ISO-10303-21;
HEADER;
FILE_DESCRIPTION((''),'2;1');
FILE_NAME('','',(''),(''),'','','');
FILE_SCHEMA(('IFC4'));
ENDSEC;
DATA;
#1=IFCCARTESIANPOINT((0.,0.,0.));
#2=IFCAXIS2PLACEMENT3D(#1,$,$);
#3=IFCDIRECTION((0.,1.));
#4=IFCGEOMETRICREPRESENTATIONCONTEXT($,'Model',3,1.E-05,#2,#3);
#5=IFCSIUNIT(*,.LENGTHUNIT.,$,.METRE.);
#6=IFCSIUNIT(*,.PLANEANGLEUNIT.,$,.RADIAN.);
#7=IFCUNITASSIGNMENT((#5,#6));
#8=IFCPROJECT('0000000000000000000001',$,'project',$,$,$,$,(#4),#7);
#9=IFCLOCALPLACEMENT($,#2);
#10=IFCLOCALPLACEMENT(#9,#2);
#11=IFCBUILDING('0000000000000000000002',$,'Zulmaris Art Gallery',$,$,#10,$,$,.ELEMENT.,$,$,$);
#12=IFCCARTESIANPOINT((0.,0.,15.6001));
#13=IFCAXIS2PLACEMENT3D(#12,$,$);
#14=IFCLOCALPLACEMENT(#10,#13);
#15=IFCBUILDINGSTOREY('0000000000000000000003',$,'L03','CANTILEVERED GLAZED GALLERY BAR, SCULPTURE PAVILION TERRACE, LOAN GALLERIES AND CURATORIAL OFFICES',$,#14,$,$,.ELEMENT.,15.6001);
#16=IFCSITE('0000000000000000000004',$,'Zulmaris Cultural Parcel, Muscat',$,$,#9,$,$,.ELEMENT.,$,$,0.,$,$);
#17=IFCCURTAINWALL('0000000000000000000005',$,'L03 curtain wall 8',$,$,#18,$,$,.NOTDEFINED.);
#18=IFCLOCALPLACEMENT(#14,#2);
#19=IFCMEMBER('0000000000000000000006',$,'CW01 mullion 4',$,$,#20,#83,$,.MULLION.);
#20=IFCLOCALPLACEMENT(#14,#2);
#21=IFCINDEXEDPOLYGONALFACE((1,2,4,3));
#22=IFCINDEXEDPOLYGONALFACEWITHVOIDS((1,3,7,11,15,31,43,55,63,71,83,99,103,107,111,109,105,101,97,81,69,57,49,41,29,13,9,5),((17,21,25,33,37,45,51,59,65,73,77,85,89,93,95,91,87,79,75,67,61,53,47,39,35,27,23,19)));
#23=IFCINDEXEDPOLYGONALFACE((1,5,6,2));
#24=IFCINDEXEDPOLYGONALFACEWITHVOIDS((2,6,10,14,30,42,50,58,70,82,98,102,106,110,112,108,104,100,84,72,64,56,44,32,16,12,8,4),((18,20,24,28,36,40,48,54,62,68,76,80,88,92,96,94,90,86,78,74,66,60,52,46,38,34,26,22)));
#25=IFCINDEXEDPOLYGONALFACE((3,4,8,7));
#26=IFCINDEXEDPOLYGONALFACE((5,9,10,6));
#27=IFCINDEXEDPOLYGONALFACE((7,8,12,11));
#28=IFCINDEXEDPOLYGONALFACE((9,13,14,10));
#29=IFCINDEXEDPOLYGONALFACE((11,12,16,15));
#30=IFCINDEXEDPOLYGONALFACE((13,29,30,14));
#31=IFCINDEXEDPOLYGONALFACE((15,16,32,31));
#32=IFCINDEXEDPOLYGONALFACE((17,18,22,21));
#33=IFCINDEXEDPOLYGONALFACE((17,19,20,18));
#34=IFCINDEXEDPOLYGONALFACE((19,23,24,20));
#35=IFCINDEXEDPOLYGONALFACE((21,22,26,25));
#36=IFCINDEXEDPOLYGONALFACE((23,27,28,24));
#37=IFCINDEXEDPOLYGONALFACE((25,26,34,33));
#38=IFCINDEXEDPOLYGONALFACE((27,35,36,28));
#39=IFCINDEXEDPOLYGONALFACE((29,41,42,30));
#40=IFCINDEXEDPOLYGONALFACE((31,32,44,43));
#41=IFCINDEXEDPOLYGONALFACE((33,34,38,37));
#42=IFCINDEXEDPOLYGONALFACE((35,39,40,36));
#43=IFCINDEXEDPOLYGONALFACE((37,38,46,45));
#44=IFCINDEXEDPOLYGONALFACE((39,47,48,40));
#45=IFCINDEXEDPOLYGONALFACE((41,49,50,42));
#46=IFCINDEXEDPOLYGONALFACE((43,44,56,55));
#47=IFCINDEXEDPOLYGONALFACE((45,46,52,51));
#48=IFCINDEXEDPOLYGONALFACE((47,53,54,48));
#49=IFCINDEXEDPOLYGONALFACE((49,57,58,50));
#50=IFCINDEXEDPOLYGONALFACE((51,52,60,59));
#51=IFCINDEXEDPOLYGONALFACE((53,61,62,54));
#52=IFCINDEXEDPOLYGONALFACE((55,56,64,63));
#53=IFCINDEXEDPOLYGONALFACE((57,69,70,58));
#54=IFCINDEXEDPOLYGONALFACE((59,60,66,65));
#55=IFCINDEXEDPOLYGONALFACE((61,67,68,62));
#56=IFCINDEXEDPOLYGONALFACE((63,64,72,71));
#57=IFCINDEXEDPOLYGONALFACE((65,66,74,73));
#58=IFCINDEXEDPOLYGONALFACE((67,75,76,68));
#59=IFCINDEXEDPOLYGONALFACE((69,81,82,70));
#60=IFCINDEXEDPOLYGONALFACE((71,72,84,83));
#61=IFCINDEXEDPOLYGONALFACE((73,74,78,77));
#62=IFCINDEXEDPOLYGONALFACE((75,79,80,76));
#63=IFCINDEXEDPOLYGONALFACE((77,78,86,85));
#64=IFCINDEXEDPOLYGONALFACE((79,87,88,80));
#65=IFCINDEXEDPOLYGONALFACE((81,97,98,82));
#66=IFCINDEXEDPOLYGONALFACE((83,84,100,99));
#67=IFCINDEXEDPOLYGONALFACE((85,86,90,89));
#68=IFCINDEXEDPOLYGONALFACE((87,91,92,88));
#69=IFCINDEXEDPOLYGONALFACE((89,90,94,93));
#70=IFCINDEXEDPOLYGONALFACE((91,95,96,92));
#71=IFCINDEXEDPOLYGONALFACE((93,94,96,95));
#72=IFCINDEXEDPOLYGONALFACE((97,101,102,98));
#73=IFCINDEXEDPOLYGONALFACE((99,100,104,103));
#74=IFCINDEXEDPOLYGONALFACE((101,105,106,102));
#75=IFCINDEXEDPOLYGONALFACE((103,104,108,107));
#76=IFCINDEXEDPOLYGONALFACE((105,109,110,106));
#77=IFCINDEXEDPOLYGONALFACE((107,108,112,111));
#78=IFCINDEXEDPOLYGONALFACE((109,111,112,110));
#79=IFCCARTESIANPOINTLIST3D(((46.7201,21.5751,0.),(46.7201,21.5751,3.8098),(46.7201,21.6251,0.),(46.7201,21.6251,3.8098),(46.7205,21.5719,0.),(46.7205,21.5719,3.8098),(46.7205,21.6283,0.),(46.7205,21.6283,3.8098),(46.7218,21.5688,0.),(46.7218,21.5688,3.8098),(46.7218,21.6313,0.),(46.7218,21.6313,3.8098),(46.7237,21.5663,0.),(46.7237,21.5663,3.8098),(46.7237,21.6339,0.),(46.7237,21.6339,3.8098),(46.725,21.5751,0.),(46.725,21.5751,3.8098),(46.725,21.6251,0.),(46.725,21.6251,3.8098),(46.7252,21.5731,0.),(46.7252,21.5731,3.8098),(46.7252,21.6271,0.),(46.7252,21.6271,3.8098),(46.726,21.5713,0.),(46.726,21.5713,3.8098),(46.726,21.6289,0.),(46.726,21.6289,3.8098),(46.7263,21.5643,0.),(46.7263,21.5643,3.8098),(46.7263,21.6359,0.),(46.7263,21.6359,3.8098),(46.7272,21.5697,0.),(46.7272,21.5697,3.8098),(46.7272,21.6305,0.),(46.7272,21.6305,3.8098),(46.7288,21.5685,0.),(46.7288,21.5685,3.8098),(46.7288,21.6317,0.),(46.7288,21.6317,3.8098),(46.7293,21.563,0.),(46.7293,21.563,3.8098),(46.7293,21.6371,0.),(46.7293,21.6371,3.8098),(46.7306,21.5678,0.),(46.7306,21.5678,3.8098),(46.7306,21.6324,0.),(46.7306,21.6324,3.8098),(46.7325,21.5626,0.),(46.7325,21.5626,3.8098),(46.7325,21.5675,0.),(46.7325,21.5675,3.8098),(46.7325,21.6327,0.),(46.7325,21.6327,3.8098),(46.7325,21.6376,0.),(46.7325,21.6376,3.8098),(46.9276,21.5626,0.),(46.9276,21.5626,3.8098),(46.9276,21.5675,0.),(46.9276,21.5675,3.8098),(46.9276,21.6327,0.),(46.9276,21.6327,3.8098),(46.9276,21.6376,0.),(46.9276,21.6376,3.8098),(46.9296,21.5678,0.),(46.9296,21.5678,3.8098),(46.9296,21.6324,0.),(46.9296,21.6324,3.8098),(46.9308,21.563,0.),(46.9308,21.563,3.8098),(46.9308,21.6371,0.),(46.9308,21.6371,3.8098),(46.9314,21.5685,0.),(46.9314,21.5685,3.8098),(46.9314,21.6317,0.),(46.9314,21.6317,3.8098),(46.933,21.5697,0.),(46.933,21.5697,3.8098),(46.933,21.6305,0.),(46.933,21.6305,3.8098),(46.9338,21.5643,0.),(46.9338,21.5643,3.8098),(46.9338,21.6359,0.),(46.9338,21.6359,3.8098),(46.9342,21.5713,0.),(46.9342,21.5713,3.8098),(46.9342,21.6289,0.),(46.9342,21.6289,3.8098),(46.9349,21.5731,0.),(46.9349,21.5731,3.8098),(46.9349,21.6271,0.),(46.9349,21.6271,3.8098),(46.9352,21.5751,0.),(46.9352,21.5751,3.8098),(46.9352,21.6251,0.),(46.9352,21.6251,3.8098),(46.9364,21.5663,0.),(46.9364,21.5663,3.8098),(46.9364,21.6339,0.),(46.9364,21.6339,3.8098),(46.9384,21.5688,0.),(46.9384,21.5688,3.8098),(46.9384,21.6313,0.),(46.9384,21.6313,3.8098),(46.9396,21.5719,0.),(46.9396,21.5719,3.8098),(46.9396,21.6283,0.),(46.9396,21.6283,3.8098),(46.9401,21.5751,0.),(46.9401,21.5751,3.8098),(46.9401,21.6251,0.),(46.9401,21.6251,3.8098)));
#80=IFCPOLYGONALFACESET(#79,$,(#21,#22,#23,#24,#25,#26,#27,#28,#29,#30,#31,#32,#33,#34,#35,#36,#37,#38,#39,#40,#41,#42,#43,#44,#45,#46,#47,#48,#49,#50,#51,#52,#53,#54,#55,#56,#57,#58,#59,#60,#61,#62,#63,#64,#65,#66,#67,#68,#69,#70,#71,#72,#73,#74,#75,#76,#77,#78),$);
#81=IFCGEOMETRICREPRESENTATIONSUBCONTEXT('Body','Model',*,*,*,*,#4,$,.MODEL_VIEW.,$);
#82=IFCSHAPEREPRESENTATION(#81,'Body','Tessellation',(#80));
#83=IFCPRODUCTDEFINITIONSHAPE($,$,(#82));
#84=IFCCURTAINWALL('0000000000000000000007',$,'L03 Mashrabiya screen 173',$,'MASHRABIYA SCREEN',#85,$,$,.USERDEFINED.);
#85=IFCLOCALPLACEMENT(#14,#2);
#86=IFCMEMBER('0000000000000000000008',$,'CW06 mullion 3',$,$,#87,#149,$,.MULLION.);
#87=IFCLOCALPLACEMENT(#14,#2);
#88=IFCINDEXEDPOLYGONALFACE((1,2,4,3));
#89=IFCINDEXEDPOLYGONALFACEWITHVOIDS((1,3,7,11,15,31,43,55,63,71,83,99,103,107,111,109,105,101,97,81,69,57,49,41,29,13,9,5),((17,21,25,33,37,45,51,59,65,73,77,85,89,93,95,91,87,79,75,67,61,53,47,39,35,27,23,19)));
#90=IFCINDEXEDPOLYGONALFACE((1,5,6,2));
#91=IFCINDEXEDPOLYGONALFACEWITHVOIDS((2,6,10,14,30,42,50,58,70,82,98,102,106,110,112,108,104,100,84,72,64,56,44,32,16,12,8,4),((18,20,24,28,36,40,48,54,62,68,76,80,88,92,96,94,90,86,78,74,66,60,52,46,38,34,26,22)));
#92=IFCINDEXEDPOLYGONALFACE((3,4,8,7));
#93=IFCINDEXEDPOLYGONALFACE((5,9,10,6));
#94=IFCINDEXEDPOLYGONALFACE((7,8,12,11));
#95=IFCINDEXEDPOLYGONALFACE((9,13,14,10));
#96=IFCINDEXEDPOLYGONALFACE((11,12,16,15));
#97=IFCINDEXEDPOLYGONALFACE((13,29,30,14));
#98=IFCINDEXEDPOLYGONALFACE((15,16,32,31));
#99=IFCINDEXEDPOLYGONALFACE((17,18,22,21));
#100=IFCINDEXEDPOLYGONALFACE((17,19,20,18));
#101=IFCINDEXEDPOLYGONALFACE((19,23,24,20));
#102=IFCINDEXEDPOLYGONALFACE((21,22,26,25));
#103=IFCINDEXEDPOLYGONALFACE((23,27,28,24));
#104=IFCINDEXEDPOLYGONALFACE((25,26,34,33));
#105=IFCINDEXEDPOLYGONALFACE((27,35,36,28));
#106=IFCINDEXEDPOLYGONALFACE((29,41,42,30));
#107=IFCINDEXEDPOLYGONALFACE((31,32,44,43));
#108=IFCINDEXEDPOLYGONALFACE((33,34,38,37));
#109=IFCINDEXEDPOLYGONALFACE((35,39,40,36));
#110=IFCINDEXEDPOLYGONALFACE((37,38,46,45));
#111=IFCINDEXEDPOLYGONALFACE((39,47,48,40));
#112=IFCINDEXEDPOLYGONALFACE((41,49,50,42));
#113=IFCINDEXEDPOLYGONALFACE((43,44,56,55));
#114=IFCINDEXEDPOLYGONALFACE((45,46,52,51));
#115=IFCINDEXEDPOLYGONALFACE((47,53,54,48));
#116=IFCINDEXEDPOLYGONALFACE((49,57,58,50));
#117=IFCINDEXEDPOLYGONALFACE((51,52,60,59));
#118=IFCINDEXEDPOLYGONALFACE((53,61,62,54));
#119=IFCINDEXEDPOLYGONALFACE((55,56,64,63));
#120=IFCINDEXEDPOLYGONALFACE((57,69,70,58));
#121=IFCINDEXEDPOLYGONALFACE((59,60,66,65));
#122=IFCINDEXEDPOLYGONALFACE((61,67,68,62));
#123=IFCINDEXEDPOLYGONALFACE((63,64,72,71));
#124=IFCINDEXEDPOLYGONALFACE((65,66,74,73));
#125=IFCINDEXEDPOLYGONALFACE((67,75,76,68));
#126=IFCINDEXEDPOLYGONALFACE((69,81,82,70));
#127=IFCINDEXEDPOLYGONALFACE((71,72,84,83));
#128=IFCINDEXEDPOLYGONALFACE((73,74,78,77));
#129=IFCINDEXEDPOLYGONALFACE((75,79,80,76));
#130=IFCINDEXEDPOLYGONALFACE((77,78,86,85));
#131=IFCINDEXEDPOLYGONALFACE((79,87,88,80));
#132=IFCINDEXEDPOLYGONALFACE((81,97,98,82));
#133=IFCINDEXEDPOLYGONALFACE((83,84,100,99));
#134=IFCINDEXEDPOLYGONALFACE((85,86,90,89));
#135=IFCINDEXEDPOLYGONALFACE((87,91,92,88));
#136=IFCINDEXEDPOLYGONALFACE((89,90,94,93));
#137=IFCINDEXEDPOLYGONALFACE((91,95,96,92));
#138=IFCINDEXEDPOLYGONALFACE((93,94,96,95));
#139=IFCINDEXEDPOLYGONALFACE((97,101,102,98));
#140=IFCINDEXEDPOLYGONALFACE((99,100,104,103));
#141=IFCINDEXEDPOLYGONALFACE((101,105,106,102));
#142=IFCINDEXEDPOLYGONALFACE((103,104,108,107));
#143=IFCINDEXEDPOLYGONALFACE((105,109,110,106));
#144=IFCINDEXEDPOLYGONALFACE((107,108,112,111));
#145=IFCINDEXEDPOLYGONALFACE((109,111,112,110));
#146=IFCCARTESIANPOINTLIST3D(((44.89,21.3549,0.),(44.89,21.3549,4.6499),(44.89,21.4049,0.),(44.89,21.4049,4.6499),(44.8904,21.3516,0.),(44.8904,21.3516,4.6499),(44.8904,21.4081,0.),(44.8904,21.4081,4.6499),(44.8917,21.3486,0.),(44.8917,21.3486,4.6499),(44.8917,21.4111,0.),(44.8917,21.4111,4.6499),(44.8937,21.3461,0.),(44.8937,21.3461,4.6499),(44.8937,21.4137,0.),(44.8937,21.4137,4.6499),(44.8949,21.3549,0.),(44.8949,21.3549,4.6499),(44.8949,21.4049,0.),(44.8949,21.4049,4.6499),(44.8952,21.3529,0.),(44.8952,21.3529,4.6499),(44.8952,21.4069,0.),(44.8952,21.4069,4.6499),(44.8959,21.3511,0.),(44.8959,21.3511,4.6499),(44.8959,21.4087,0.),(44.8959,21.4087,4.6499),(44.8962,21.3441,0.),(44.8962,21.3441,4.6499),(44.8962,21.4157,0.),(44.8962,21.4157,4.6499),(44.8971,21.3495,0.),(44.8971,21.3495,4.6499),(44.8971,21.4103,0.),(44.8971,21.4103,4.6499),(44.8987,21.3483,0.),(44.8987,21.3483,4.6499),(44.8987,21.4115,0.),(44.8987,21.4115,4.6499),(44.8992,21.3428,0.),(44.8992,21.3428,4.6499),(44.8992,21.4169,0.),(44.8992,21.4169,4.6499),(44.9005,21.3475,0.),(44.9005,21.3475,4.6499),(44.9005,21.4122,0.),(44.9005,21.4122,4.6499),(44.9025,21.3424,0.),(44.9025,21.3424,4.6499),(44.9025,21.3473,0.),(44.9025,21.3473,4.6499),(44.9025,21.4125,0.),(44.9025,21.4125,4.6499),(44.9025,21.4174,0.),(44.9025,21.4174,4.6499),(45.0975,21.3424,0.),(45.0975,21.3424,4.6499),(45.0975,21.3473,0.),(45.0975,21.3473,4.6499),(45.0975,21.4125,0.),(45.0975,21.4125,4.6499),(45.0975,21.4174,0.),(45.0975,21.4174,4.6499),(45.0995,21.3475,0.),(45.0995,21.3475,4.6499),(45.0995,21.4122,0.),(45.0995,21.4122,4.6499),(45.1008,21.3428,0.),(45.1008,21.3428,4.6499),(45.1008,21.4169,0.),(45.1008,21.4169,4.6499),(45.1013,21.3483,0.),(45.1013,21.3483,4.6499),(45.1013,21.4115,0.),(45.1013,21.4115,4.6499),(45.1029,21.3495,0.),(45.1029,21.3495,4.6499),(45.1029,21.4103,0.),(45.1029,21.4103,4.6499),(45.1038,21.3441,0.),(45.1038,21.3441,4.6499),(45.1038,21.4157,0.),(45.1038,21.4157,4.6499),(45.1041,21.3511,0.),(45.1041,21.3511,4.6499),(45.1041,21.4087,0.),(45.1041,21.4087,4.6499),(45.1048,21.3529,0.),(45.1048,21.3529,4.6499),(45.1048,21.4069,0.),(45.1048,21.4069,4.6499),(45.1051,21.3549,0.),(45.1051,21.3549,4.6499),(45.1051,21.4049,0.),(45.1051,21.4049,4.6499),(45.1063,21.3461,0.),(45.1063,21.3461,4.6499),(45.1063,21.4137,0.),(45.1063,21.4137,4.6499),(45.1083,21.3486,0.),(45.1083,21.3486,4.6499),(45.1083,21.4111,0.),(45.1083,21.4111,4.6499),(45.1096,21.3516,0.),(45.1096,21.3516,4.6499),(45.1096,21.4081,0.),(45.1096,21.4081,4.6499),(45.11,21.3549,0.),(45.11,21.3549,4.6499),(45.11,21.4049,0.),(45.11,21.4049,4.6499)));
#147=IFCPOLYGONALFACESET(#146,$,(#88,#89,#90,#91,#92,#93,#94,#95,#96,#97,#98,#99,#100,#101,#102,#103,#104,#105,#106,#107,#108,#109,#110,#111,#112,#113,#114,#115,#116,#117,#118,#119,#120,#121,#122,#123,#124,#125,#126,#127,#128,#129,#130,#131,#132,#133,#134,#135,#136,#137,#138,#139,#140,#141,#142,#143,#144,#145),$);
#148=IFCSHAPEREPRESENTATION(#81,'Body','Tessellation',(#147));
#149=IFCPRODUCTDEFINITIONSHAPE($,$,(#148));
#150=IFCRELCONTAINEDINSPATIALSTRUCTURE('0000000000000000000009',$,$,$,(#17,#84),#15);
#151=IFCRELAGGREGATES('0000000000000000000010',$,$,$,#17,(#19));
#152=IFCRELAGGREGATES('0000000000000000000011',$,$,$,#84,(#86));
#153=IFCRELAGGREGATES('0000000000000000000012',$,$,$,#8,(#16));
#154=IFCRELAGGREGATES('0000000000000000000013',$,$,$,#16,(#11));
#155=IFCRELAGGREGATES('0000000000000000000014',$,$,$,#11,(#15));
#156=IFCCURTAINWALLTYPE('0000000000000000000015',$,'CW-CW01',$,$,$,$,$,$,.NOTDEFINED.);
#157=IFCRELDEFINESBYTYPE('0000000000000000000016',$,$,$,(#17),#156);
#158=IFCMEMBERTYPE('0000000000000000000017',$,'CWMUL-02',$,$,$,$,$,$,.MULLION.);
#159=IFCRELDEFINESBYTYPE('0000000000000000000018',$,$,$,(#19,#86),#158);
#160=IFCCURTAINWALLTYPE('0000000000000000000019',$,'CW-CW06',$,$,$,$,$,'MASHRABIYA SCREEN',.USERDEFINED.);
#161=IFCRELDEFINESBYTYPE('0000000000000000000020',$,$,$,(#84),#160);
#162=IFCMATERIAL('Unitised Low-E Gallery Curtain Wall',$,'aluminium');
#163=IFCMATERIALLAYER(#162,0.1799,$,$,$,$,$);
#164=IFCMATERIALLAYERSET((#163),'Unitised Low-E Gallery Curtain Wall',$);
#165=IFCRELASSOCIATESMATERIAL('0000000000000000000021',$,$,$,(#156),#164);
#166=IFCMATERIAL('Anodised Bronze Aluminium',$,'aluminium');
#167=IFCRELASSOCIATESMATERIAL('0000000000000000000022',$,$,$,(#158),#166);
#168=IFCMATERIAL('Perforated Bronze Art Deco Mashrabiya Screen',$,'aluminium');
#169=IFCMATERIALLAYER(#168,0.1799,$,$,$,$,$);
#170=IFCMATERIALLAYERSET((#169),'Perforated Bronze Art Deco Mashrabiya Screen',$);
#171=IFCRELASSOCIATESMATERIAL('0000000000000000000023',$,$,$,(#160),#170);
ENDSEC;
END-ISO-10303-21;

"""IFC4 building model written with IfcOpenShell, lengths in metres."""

from ifc_helpers import new_model, si_unit, direction, frame, origin, origin_2d, place, context, subcontext, project, spatial, hollow_rectangle, extrude, material, layer, layer_set, material_profile, profile_set, type_object, element, aggregate, save


model = new_model("IFC4")

# Units and contexts
model_context = context("Model", 3, precision=1e-05, world=origin(), true_north=direction((0.0, 1.0)))
body_context = subcontext(model_context, "Body", "Model", "MODEL_VIEW")
ifc_project = project(units=[si_unit("LENGTHUNIT", "METRE"), si_unit("PLANEANGLEUNIT", "RADIAN")], contexts=[model_context])

# Site, building, storey
site_placement = place(None, origin())
site = spatial("IfcSite", under=ifc_project, at=site_placement, Name="Zulmaris Cultural Parcel, Muscat", CompositionType="ELEMENT", RefElevation=0.0)
building_placement = place(site_placement, origin())
building = spatial("IfcBuilding", under=site, at=building_placement, Name="Zulmaris Art Gallery", CompositionType="ELEMENT")
storey_placement = place(building_placement, frame((0.0, 0.0, 15.6001)))
storey = spatial("IfcBuildingStorey", under=building, at=storey_placement, Name="L03", Description="CANTILEVERED GLAZED GALLERY BAR, SCULPTURE PAVILION TERRACE, LOAN GALLERIES AND CURATORIAL OFFICES", CompositionType="ELEMENT", Elevation=15.6001)

# Curtain walls, members
ifc_material_1 = material(Name="Unitised Low-E Gallery Curtain Wall", Category="aluminium")
ifc_layer_1 = layer(ifc_material_1, 0.1799)
ifc_layer_set_1 = layer_set([ifc_layer_1], Name="Unitised Low-E Gallery Curtain Wall")
curtain_wall_type_1 = type_object("IfcCurtainWallType", Name="CW-CW01", PredefinedType="NOTDEFINED", material=ifc_layer_set_1)
curtain_wall_1_placement = place(storey_placement, origin())
curtain_wall_1 = element("IfcCurtainWall", 1, at=curtain_wall_1_placement, inside=storey, type_object=curtain_wall_type_1, Name="L03 curtain wall 8", PredefinedType="NOTDEFINED")
ifc_material_2 = material(Name="Anodised Bronze Aluminium", Category="aluminium")
ifc_material_profile_1 = material_profile(ifc_material_2, hollow_rectangle(XDim=0.075, YDim=0.22, WallThickness=0.0049, InnerFilletRadius=0.0076, OuterFilletRadius=0.0125, at=origin_2d()), Name="ALU 75x220x5")
ifc_profile_set_1 = profile_set([ifc_material_profile_1], Name="Anodised Bronze Aluminium")
member_type_1 = type_object("IfcMemberType", Name="CWMUL-02", PredefinedType="MULLION", material=ifc_profile_set_1)
member_1_placement = place(storey_placement, frame((46.8301, 21.6001, 0.0), z_axis=(0.0, 0.0, 1.0), x_axis=(0.0, 1.0, 0.0)))
member_1 = element("IfcMember", 2, at=member_1_placement, type_object=member_type_1, Name="CW01 mullion 4", PredefinedType="MULLION", context=body_context, shape_type="SweptSolid", body=[
    extrude(hollow_rectangle(XDim=0.075, YDim=0.22, WallThickness=0.0049, InnerFilletRadius=0.0076, OuterFilletRadius=0.0125, at=origin_2d()), origin(), (0.0, 0.0, 1.0), 3.8098),
])
ifc_material_3 = material(Name="Perforated Bronze Art Deco Mashrabiya Screen", Category="aluminium")
ifc_layer_2 = layer(ifc_material_3, 0.1799)
ifc_layer_set_2 = layer_set([ifc_layer_2], Name="Perforated Bronze Art Deco Mashrabiya Screen")
curtain_wall_type_2 = type_object("IfcCurtainWallType", Name="CW-CW06", ElementType="MASHRABIYA SCREEN", PredefinedType="USERDEFINED", material=ifc_layer_set_2)
curtain_wall_2_placement = place(storey_placement, origin())
curtain_wall_2 = element("IfcCurtainWall", 3, at=curtain_wall_2_placement, inside=storey, type_object=curtain_wall_type_2, Name="L03 Mashrabiya screen 173", ObjectType="MASHRABIYA SCREEN", PredefinedType="USERDEFINED")
member_2_placement = place(storey_placement, frame((45.0, 21.3799, 0.0), z_axis=(0.0, 0.0, 1.0), x_axis=(0.0, 1.0, 0.0)))
member_2 = element("IfcMember", 4, at=member_2_placement, type_object=member_type_1, Name="CW06 mullion 3", PredefinedType="MULLION", context=body_context, shape_type="SweptSolid", body=[
    extrude(hollow_rectangle(XDim=0.075, YDim=0.22, WallThickness=0.0049, InnerFilletRadius=0.0076, OuterFilletRadius=0.0125, at=origin_2d()), origin(), (0.0, 0.0, 1.0), 4.6499),
])

aggregate(curtain_wall_1, [member_1])
aggregate(curtain_wall_2, [member_2])

save(model, "model.ifc")
